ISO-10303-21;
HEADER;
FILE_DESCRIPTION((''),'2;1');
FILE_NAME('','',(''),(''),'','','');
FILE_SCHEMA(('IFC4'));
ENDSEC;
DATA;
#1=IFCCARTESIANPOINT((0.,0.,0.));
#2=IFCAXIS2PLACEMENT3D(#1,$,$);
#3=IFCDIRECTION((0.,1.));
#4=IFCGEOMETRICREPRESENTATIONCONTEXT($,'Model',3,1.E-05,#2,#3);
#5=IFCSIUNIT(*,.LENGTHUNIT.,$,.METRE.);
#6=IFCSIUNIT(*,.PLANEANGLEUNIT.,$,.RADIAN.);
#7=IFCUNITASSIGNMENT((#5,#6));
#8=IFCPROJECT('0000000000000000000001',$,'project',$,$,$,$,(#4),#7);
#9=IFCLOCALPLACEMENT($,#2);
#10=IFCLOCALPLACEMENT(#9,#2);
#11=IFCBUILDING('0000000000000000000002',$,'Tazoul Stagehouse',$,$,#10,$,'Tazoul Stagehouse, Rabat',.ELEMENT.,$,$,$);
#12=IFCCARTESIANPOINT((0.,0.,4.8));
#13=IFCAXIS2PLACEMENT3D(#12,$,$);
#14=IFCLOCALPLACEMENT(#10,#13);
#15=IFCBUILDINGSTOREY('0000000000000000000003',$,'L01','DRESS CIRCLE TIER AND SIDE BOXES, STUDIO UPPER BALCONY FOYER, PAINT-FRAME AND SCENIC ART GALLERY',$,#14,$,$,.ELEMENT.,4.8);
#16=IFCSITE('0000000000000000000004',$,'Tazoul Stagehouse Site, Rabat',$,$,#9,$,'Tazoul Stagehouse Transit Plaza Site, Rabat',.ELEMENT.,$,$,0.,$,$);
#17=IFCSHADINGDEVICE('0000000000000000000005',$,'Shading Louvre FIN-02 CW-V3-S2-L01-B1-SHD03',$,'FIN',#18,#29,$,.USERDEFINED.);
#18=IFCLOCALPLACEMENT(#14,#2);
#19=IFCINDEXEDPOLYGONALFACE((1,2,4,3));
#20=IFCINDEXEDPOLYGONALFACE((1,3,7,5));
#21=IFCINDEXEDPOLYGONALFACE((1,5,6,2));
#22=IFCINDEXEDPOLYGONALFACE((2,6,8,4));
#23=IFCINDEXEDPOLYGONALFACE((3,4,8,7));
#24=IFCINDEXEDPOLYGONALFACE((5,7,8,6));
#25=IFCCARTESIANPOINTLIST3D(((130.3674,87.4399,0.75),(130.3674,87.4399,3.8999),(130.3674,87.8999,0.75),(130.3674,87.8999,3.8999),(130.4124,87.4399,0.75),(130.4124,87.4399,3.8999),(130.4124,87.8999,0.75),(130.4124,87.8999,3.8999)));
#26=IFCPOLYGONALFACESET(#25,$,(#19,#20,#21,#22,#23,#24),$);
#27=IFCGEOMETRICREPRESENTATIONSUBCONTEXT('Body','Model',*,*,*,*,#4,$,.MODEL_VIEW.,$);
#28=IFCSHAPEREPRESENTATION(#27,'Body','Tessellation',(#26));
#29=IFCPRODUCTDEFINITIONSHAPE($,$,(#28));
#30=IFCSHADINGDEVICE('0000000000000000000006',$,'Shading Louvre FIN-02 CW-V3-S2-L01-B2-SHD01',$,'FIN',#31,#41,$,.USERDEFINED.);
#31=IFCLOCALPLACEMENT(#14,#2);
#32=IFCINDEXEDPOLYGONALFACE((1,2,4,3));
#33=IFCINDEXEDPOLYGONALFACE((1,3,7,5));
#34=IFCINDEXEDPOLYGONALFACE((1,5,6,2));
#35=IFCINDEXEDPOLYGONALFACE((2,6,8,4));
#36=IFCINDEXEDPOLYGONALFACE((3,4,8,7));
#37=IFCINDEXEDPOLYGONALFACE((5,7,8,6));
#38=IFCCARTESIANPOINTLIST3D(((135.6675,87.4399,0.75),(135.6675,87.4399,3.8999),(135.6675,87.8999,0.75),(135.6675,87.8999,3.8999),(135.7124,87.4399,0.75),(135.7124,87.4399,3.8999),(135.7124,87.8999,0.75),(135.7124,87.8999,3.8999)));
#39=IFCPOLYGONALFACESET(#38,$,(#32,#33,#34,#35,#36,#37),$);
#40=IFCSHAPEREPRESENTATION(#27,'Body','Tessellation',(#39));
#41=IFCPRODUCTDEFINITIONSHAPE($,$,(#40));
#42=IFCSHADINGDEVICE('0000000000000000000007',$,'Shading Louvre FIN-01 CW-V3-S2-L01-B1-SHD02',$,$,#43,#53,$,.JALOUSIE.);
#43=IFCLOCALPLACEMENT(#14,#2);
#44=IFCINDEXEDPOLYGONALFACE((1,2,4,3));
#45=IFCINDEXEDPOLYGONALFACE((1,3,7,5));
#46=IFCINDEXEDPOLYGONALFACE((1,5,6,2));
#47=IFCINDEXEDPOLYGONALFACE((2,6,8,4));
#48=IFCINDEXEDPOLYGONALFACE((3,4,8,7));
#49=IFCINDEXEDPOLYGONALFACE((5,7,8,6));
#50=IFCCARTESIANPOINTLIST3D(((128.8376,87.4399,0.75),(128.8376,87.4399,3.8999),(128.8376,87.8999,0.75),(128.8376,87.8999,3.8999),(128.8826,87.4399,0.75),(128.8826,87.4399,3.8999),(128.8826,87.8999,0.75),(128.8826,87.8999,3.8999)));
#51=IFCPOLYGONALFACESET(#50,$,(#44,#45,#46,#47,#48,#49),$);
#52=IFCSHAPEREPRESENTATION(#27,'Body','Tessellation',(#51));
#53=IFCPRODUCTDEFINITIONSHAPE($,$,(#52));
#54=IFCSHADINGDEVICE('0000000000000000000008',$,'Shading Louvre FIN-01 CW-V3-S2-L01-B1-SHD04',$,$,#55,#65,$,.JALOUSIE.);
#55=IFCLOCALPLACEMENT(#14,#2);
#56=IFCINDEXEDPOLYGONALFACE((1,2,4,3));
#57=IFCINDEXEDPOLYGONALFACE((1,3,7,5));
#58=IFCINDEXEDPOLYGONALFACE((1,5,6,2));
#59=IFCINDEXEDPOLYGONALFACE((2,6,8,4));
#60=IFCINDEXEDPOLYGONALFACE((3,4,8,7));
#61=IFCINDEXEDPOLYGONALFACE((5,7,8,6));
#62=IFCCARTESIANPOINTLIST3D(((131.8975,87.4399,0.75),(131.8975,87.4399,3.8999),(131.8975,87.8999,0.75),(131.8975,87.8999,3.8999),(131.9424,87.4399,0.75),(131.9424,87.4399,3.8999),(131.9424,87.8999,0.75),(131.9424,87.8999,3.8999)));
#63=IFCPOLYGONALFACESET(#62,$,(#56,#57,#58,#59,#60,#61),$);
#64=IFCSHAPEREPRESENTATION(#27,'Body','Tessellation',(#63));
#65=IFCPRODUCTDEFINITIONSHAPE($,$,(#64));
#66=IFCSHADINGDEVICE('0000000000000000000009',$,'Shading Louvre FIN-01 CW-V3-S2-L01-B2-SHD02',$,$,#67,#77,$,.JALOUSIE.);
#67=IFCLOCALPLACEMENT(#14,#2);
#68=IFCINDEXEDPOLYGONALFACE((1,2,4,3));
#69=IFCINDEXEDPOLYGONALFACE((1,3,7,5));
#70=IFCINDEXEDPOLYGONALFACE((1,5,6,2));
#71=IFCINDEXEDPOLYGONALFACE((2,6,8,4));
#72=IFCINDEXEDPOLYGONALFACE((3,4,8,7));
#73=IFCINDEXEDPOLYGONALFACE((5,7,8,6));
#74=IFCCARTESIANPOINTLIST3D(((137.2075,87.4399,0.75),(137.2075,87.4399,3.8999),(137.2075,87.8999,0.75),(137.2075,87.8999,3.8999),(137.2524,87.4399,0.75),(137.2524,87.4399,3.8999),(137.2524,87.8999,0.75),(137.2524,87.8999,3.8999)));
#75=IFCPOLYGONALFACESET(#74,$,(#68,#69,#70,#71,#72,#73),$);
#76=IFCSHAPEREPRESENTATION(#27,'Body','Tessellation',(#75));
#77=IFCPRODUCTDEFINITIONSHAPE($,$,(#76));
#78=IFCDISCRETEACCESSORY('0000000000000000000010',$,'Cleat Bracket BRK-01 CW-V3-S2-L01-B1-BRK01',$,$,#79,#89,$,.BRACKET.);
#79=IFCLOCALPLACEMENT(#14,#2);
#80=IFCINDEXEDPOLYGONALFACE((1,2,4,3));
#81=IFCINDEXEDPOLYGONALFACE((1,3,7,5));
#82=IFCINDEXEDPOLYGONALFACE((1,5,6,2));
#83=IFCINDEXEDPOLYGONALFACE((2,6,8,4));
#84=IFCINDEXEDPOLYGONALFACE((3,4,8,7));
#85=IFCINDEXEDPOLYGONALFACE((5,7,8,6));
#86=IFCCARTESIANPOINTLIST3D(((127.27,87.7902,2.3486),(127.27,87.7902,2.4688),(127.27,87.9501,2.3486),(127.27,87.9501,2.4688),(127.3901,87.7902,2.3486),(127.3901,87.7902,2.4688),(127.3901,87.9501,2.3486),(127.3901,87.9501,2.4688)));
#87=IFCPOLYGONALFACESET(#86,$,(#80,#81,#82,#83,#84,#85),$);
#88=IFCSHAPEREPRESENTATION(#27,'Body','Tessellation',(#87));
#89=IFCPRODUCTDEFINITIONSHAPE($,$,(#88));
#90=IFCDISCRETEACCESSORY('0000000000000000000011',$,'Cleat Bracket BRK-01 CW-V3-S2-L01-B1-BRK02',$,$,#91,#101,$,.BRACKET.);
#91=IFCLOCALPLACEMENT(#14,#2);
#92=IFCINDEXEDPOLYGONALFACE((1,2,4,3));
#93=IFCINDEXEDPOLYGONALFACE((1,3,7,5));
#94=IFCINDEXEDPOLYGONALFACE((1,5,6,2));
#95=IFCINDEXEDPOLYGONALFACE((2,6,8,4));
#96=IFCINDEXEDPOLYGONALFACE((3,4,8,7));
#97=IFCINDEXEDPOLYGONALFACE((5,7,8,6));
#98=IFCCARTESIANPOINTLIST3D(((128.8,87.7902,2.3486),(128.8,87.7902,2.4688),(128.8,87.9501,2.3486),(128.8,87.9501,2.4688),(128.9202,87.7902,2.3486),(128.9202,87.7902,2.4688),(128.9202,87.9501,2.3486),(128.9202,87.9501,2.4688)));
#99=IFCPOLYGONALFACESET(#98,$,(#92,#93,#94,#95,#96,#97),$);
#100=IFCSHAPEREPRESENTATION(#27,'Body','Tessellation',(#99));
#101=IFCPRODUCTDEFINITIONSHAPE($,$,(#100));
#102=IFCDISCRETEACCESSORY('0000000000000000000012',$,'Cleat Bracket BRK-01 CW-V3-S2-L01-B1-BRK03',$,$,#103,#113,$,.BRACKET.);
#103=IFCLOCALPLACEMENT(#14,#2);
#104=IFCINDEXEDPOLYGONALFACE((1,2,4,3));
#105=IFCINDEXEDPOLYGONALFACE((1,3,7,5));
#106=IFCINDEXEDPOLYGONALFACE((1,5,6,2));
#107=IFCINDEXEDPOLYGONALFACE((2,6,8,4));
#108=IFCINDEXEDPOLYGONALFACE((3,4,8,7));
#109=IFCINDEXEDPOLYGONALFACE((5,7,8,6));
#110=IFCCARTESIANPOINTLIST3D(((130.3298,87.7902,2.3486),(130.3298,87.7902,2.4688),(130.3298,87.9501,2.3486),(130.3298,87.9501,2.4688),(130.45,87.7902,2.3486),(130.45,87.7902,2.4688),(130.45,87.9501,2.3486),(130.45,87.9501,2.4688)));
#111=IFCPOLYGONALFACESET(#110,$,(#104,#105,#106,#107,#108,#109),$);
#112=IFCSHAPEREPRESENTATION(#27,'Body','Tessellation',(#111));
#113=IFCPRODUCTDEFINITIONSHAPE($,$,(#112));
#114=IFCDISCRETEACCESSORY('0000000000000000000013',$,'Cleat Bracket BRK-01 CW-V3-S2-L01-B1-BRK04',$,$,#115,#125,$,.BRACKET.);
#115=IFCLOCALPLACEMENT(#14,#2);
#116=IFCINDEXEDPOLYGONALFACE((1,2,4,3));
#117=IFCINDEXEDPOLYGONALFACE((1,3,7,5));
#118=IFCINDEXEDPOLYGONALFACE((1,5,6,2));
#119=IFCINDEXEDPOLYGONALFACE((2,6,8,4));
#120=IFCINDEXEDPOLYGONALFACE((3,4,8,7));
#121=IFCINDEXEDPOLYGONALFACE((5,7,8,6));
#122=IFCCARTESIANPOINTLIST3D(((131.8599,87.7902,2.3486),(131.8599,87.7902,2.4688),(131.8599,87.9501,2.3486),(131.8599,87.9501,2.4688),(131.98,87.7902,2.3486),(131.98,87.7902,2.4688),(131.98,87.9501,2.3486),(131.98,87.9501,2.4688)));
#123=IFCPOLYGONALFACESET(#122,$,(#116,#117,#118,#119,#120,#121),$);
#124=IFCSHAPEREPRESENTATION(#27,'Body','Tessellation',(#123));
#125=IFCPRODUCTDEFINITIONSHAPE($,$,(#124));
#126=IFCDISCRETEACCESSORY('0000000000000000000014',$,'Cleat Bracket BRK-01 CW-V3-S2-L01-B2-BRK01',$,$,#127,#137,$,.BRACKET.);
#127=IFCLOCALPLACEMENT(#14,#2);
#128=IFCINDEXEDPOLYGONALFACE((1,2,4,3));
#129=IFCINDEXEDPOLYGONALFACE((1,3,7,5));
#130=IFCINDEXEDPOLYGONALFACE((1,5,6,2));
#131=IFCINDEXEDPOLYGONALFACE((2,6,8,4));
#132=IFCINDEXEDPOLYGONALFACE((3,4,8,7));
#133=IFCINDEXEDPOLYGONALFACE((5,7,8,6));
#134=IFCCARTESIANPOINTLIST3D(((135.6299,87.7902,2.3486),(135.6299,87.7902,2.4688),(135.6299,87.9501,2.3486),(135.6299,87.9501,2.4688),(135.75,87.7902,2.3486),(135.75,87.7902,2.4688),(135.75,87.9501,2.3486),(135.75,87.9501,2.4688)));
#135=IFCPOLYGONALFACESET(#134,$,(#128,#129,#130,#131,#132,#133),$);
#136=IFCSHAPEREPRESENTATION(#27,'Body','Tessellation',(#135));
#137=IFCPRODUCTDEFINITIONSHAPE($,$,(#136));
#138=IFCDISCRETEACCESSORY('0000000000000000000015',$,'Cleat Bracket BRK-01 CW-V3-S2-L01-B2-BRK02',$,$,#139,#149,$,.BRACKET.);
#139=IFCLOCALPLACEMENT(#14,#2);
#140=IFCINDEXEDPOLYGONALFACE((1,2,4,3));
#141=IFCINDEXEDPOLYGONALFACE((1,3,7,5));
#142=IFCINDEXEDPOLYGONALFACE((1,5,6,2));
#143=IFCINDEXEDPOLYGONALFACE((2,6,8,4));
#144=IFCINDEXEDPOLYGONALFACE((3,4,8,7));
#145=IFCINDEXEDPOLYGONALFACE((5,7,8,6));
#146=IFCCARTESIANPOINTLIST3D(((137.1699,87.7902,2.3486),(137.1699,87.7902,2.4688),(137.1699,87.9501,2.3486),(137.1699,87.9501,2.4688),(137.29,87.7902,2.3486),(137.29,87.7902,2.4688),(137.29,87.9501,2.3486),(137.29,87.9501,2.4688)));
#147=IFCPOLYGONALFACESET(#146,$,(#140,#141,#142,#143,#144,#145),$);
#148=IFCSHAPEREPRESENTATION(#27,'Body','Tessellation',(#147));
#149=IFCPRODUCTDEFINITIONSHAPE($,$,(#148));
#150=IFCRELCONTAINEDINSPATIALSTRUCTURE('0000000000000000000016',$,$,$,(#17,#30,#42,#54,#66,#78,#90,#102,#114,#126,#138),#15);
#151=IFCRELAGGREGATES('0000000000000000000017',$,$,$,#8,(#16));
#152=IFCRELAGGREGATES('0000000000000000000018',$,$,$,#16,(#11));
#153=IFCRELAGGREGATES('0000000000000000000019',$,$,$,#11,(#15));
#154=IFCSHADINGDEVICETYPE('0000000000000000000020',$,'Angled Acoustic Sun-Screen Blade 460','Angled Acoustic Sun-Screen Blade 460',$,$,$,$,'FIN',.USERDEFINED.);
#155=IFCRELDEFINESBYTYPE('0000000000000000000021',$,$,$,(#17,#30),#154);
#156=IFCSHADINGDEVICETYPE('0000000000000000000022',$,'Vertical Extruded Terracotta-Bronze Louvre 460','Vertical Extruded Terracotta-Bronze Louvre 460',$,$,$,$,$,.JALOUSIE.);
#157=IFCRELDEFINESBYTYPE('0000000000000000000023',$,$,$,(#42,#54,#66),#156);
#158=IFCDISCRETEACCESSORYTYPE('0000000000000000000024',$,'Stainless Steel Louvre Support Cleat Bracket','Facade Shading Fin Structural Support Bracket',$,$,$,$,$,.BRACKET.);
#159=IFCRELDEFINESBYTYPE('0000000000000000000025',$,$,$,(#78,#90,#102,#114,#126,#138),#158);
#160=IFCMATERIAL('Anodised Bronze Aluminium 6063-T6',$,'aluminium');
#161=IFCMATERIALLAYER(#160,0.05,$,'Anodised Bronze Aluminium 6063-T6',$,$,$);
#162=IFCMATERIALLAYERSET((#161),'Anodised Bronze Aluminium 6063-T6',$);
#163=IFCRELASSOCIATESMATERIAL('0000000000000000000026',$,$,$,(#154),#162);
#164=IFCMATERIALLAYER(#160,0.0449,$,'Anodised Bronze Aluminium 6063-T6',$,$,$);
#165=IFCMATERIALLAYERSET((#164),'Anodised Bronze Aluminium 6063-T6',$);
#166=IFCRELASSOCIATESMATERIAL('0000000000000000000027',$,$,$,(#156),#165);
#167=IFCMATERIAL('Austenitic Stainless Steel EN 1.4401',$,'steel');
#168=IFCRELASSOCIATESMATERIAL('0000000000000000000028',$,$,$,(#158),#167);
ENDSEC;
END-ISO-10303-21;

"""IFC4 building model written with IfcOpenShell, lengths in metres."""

from ifc_helpers import new_model, si_unit, direction, frame, origin, origin_2d, place, context, subcontext, project, spatial, rectangle, extrude, material, layer, layer_set, type_object, element, save


model = new_model("IFC4")

# Units and contexts
model_context = context("Model", 3, precision=1e-05, world=origin(), true_north=direction((0.0, 1.0)))
body_context = subcontext(model_context, "Body", "Model", "MODEL_VIEW")
ifc_project = project(units=[si_unit("LENGTHUNIT", "METRE"), si_unit("PLANEANGLEUNIT", "RADIAN")], contexts=[model_context])

# Site, building, storey
site_placement = place(None, origin())
site = spatial("IfcSite", under=ifc_project, at=site_placement, Name="Tazoul Stagehouse Site, Rabat", LongName="Tazoul Stagehouse Transit Plaza Site, Rabat", CompositionType="ELEMENT", RefElevation=0.0)
building_placement = place(site_placement, origin())
building = spatial("IfcBuilding", under=site, at=building_placement, Name="Tazoul Stagehouse", LongName="Tazoul Stagehouse, Rabat", CompositionType="ELEMENT")
storey_placement = place(building_placement, frame((0.0, 0.0, 4.8)))
storey = spatial("IfcBuildingStorey", under=building, at=storey_placement, Name="L01", Description="DRESS CIRCLE TIER AND SIDE BOXES, STUDIO UPPER BALCONY FOYER, PAINT-FRAME AND SCENIC ART GALLERY", CompositionType="ELEMENT", Elevation=4.8)

# Shared definitions
ifc_material_1 = material(Name="Anodised Bronze Aluminium 6063-T6", Category="aluminium")

# Shading devices
ifc_layer_1 = layer(ifc_material_1, 0.05, Name="Anodised Bronze Aluminium 6063-T6")
ifc_layer_set_1 = layer_set([ifc_layer_1], Name="Anodised Bronze Aluminium 6063-T6")
shading_device_type_1 = type_object("IfcShadingDeviceType", Name="Angled Acoustic Sun-Screen Blade 460", Description="Angled Acoustic Sun-Screen Blade 460", ElementType="FIN", PredefinedType="USERDEFINED", material=ifc_layer_set_1)
for number, where, z_axis, x_axis, name in (
    (1, (130.3899, 87.6699, 0.75), (0.0, 0.0, 1.0), (1.0, 0.0, 0.0), "Shading Louvre FIN-02 CW-V3-S2-L01-B1-SHD03"),
    (2, (135.6899, 87.6699, 0.75), (0.0, 0.0, 1.0), (1.0, 0.0, 0.0), "Shading Louvre FIN-02 CW-V3-S2-L01-B2-SHD01"),
):
    element("IfcShadingDevice", number, at=place(storey_placement, frame(where, z_axis=z_axis, x_axis=x_axis)), inside=storey, type_object=shading_device_type_1, Name=name, ObjectType="FIN", PredefinedType="USERDEFINED", context=body_context, shape_type="SweptSolid", body=[
        extrude(rectangle(XDim=0.0449, YDim=0.46, at=origin_2d()), origin(), (0.0, 0.0, 1.0), 3.1499),
    ])
ifc_layer_2 = layer(ifc_material_1, 0.0449, Name="Anodised Bronze Aluminium 6063-T6")
ifc_layer_set_2 = layer_set([ifc_layer_2], Name="Anodised Bronze Aluminium 6063-T6")
shading_device_type_2 = type_object("IfcShadingDeviceType", Name="Vertical Extruded Terracotta-Bronze Louvre 460", Description="Vertical Extruded Terracotta-Bronze Louvre 460", PredefinedType="JALOUSIE", material=ifc_layer_set_2)
for number, where, z_axis, x_axis, name in (
    (3, (128.8601, 87.6699, 0.75), (0.0, 0.0, 1.0), (1.0, 0.0, 0.0), "Shading Louvre FIN-01 CW-V3-S2-L01-B1-SHD02"),
    (4, (131.9199, 87.6699, 0.75), (0.0, 0.0, 1.0), (1.0, 0.0, 0.0), "Shading Louvre FIN-01 CW-V3-S2-L01-B1-SHD04"),
    (5, (137.23, 87.6699, 0.75), (0.0, 0.0, 1.0), (1.0, 0.0, 0.0), "Shading Louvre FIN-01 CW-V3-S2-L01-B2-SHD02"),
):
    element("IfcShadingDevice", number, at=place(storey_placement, frame(where, z_axis=z_axis, x_axis=x_axis)), inside=storey, type_object=shading_device_type_2, Name=name, PredefinedType="JALOUSIE", context=body_context, shape_type="SweptSolid", body=[
        extrude(rectangle(XDim=0.0449, YDim=0.46, at=origin_2d()), origin(), (0.0, 0.0, 1.0), 3.1499),
    ])

# Discrete accessories
ifc_material_2 = material(Name="Austenitic Stainless Steel EN 1.4401", Category="steel")
discrete_accessory_type = type_object("IfcDiscreteAccessoryType", Name="Stainless Steel Louvre Support Cleat Bracket", Description="Facade Shading Fin Structural Support Bracket", PredefinedType="BRACKET", material=ifc_material_2)
for number, where, z_axis, x_axis, name in (
    (6, (127.3301, 87.8701, 2.3486), (0.0, 0.0, 1.0), (1.0, 0.0, 0.0), "Cleat Bracket BRK-01 CW-V3-S2-L01-B1-BRK01"),
    (7, (128.8601, 87.8701, 2.3486), (0.0, 0.0, 1.0), (1.0, 0.0, 0.0), "Cleat Bracket BRK-01 CW-V3-S2-L01-B1-BRK02"),
    (8, (130.3899, 87.8701, 2.3486), (0.0, 0.0, 1.0), (1.0, 0.0, 0.0), "Cleat Bracket BRK-01 CW-V3-S2-L01-B1-BRK03"),
    (9, (131.9199, 87.8701, 2.3486), (0.0, 0.0, 1.0), (1.0, 0.0, 0.0), "Cleat Bracket BRK-01 CW-V3-S2-L01-B1-BRK04"),
    (10, (135.6899, 87.8701, 2.3486), (0.0, 0.0, 1.0), (1.0, 0.0, 0.0), "Cleat Bracket BRK-01 CW-V3-S2-L01-B2-BRK01"),
    (11, (137.23, 87.8701, 2.3486), (0.0, 0.0, 1.0), (1.0, 0.0, 0.0), "Cleat Bracket BRK-01 CW-V3-S2-L01-B2-BRK02"),
):
    element("IfcDiscreteAccessory", number, at=place(storey_placement, frame(where, z_axis=z_axis, x_axis=x_axis)), inside=storey, type_object=discrete_accessory_type, Name=name, PredefinedType="BRACKET", context=body_context, shape_type="SweptSolid", body=[
        extrude(rectangle(XDim=0.1201, YDim=0.1599, at=origin_2d()), origin(), (0.0, 0.0, 1.0), 0.1201),
    ])

save(model, "model.ifc")
